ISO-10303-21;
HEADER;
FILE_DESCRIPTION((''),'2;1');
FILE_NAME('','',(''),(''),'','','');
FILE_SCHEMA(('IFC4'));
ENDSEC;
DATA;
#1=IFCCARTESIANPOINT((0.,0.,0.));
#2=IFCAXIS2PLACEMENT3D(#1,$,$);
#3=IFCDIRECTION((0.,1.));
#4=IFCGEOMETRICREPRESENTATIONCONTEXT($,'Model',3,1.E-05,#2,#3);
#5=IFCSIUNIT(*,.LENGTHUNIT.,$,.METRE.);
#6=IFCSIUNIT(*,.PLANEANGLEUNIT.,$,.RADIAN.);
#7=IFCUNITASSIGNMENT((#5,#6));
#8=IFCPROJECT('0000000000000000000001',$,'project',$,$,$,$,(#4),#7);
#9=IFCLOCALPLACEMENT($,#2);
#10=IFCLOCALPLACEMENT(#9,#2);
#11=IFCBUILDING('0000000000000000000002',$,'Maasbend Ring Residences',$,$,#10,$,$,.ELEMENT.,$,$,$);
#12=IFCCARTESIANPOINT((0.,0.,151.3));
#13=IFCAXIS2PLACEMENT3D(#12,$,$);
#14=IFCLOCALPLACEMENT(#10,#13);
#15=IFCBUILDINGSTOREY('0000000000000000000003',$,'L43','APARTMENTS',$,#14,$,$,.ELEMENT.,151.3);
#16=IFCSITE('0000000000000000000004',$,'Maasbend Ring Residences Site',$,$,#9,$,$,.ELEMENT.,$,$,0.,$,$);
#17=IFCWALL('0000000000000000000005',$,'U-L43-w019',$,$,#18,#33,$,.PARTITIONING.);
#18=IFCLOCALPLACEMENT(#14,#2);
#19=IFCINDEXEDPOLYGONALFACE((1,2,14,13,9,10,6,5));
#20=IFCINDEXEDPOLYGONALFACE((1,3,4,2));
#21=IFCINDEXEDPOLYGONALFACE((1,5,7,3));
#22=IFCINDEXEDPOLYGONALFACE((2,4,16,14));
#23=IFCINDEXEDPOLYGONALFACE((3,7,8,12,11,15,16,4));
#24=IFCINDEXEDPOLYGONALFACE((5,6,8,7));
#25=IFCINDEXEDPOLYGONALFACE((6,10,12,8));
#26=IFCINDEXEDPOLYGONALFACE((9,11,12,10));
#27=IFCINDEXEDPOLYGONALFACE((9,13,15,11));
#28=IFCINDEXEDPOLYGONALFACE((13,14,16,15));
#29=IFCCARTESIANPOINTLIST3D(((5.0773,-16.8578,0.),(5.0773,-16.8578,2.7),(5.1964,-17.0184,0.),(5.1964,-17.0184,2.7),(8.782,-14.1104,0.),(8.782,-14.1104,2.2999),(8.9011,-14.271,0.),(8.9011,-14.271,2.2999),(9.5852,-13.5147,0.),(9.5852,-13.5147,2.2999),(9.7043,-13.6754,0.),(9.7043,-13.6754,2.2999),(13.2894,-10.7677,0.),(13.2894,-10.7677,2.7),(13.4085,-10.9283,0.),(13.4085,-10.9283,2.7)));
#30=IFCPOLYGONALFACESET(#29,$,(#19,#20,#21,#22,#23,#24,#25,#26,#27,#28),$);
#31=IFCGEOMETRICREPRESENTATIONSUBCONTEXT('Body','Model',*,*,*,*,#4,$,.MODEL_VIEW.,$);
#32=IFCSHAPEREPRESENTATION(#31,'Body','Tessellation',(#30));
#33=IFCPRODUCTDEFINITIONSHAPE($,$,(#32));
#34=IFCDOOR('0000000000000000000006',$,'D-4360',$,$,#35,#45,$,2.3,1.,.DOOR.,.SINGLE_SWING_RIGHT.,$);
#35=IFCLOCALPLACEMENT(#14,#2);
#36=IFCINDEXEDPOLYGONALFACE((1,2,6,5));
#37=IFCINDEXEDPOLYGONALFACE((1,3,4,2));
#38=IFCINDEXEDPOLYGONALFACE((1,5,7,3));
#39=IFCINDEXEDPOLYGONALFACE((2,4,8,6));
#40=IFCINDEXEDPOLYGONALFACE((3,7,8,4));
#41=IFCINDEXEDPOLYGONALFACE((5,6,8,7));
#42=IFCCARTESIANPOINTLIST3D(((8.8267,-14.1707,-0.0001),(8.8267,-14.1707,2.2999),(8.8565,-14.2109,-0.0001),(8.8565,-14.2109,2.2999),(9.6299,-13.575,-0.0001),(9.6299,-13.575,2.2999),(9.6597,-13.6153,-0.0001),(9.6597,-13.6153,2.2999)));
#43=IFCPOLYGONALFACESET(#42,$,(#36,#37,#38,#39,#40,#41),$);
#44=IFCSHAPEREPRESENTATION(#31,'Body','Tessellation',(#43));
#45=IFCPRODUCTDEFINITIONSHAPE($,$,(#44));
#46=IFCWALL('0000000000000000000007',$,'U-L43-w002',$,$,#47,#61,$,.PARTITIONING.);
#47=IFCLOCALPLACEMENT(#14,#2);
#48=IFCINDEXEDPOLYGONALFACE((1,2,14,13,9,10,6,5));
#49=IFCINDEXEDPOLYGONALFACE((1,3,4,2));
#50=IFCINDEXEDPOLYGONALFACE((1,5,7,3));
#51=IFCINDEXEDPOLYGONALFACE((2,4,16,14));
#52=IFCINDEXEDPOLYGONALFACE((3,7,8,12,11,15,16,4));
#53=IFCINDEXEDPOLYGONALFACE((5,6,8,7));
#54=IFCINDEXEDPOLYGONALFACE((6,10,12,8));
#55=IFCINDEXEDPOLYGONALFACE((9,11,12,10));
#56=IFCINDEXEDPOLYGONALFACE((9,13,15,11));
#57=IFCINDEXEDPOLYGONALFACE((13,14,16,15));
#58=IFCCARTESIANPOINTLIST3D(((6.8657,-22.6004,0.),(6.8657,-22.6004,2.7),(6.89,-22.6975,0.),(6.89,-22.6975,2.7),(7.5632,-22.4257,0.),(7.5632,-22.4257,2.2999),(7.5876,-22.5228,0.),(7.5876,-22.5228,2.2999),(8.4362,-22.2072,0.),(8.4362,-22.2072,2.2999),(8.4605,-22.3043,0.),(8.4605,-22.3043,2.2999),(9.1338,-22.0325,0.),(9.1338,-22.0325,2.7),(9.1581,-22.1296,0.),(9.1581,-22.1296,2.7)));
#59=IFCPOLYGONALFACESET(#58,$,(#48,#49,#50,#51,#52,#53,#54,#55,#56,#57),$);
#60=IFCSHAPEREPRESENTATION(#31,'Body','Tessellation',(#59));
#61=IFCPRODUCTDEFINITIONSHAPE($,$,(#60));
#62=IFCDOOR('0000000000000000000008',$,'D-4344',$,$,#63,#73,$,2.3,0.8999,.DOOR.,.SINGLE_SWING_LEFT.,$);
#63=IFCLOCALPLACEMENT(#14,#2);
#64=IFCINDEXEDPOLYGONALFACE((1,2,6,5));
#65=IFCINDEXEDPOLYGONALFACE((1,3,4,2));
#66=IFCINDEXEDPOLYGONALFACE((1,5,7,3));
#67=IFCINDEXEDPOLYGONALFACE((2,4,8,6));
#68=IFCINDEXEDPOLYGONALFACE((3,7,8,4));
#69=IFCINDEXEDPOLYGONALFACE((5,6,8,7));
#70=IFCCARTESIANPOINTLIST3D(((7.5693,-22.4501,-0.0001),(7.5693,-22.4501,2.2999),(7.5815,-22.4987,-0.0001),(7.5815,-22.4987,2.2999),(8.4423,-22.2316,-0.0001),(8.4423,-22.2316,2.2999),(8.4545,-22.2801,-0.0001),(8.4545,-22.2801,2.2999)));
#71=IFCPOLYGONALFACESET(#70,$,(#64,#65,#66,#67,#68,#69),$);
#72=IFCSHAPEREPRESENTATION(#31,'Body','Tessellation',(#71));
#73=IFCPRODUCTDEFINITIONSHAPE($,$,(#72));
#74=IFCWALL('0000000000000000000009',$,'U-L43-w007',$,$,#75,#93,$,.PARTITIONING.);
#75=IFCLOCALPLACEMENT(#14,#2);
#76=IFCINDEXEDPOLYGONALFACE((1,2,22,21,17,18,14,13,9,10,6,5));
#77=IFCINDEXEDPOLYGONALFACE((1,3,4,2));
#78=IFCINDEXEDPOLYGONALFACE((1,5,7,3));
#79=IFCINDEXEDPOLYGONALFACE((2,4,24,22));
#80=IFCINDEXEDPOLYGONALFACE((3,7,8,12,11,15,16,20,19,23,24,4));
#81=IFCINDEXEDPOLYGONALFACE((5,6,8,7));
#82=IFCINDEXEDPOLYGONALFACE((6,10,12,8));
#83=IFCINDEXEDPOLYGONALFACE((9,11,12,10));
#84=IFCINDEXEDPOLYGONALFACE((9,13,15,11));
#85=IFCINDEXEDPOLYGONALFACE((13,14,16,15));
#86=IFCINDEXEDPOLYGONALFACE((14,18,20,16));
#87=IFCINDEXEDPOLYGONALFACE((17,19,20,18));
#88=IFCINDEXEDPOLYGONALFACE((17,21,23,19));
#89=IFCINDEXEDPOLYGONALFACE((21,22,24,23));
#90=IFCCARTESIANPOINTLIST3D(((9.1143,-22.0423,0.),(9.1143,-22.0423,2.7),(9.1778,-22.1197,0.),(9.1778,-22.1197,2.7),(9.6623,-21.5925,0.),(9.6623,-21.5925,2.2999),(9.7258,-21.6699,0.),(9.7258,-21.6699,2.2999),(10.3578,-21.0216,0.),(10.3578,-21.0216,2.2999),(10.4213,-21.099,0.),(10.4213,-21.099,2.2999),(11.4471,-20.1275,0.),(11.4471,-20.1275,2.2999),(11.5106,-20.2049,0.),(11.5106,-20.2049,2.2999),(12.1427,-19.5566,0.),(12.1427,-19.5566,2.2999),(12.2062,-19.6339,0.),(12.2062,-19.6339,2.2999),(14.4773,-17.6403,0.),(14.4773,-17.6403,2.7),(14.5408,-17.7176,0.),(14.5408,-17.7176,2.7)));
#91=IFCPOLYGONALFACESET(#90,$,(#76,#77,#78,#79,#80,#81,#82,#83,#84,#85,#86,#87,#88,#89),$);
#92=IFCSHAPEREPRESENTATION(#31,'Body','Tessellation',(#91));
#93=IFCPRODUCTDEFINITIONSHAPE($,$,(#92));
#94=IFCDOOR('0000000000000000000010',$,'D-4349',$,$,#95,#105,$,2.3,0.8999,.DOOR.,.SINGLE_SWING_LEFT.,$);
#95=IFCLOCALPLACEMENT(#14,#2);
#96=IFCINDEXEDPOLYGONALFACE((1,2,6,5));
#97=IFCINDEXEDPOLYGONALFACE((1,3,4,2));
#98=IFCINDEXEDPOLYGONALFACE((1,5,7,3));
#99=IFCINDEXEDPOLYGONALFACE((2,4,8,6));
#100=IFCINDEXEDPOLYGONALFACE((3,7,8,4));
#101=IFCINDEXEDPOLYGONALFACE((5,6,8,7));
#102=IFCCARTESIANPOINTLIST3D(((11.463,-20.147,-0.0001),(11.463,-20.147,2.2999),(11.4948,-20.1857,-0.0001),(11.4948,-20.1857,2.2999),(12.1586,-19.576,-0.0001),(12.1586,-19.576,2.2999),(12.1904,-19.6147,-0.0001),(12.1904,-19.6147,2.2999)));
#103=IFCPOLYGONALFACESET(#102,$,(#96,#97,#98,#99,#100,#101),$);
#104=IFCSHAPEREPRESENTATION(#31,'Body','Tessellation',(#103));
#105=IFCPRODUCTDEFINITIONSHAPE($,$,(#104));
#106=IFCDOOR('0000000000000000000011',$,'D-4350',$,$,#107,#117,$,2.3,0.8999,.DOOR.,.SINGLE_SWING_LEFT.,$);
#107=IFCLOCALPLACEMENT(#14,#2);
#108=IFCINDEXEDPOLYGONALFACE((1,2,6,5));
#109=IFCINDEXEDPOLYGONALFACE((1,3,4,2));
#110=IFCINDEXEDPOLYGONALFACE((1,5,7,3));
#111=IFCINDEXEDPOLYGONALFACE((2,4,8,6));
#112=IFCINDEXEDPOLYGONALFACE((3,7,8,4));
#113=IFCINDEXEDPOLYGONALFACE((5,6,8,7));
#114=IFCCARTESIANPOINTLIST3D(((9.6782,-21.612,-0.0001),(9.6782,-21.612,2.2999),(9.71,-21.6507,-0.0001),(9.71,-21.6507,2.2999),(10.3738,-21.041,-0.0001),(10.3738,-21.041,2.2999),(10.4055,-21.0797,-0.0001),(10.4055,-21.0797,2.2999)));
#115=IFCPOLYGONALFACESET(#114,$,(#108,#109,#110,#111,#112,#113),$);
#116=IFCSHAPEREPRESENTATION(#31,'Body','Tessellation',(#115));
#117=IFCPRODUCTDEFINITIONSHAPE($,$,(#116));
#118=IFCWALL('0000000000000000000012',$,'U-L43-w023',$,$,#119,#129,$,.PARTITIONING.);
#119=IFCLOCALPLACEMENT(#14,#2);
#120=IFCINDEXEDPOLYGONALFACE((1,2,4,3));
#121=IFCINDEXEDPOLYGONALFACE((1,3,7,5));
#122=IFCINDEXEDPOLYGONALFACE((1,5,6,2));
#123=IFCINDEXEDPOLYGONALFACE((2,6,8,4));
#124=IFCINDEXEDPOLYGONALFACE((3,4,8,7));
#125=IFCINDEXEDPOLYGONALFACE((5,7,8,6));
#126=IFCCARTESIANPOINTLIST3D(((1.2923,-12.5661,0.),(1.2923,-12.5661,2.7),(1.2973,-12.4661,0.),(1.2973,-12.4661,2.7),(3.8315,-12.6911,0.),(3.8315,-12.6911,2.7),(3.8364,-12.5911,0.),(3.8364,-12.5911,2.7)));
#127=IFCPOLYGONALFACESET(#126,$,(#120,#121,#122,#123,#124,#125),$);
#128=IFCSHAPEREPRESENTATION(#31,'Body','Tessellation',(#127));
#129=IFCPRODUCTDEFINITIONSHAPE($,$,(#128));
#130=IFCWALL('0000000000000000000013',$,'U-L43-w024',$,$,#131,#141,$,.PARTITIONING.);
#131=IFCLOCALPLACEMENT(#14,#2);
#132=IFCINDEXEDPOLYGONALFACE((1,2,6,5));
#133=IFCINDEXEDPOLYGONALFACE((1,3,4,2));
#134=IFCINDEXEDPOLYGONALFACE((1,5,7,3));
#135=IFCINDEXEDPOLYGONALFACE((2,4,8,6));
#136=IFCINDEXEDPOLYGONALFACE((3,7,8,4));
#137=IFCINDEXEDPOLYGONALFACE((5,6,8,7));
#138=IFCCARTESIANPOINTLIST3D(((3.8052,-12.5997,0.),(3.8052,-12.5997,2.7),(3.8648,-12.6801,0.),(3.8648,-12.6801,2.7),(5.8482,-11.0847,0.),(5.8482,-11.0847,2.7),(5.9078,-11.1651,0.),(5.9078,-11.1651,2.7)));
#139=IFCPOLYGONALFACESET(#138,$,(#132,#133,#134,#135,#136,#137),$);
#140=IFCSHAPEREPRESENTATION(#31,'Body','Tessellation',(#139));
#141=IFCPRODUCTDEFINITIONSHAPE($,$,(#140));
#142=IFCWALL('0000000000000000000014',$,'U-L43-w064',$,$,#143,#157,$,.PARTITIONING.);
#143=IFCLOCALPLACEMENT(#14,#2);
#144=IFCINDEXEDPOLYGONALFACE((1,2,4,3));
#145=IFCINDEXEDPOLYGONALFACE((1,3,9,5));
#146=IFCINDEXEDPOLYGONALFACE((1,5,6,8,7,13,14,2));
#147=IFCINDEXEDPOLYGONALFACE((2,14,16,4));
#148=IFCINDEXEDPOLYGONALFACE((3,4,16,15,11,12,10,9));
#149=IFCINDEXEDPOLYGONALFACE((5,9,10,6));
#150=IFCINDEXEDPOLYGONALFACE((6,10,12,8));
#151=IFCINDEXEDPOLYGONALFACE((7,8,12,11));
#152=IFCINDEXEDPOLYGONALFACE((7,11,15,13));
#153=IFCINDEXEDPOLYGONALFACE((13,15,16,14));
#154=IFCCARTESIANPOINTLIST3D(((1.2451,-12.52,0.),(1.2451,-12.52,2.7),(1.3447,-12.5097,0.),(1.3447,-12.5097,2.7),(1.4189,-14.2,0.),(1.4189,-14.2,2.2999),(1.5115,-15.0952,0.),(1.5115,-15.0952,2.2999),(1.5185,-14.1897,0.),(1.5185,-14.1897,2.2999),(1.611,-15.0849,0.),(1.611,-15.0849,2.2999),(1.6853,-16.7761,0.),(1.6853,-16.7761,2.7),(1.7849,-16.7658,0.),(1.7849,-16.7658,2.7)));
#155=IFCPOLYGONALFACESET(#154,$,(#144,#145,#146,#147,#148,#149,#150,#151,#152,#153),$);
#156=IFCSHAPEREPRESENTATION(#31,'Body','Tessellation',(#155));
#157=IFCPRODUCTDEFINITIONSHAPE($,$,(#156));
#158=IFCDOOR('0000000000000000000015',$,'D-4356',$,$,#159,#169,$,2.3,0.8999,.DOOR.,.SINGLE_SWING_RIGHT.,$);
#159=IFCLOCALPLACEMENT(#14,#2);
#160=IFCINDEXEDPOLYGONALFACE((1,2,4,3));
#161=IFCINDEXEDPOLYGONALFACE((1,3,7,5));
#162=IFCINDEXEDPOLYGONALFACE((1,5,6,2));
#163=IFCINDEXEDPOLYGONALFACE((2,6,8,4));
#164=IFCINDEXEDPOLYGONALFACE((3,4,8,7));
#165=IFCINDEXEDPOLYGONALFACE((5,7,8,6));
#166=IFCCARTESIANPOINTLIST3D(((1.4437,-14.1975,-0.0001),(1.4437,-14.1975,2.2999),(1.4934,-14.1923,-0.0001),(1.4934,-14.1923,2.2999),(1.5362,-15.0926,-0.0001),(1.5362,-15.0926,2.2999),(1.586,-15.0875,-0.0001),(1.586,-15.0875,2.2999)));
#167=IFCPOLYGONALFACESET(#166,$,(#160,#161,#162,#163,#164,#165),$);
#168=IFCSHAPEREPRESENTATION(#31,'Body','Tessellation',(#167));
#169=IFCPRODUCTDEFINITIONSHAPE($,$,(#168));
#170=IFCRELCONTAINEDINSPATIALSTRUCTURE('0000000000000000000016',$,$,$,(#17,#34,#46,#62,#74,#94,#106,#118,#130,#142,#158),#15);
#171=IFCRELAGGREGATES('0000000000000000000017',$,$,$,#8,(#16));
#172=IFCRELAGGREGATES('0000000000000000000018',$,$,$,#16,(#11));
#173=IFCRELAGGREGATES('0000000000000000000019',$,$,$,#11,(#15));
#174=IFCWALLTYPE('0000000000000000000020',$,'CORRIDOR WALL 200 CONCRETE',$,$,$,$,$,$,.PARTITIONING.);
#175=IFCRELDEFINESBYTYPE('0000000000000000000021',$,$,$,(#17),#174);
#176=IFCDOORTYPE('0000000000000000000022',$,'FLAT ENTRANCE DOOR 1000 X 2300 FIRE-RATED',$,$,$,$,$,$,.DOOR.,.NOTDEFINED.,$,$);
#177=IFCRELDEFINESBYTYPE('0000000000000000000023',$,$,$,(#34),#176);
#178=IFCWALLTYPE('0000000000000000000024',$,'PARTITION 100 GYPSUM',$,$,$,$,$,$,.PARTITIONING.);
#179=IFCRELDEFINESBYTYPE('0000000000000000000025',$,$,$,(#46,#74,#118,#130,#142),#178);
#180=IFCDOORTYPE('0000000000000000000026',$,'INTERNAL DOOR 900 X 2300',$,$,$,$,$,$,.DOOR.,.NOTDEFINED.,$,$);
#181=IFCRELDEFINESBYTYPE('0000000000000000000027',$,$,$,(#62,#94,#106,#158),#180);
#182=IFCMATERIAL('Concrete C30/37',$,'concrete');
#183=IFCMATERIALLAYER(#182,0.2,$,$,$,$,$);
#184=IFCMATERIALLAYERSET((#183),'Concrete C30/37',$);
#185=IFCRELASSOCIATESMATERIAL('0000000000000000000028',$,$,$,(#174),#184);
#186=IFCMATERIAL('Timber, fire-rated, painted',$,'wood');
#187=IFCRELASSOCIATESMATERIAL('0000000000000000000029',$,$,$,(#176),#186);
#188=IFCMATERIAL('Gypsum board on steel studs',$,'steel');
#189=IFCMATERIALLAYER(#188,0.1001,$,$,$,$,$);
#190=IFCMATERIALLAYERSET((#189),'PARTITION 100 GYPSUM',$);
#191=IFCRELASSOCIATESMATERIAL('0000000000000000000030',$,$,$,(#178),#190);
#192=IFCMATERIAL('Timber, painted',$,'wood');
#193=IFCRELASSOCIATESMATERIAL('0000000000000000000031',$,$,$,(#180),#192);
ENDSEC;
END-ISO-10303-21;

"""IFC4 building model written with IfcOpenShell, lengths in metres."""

from ifc_helpers import new_model, si_unit, direction, frame, frame_2d, origin, place, context, subcontext, project, spatial, rectangle, extrude, material, layer, layer_set, type_object, element, fill, save


model = new_model("IFC4")

# Units and contexts
model_context = context("Model", 3, precision=1e-05, world=origin(), true_north=direction((0.0, 1.0)))
body_context = subcontext(model_context, "Body", "Model", "MODEL_VIEW")
ifc_project = project(units=[si_unit("LENGTHUNIT", "METRE"), si_unit("PLANEANGLEUNIT", "RADIAN")], contexts=[model_context])

# Site, building, storey
site_placement = place(None, origin())
site = spatial("IfcSite", under=ifc_project, at=site_placement, Name="Maasbend Ring Residences Site", CompositionType="ELEMENT", RefElevation=0.0)
building_placement = place(site_placement, origin())
building = spatial("IfcBuilding", under=site, at=building_placement, Name="Maasbend Ring Residences", CompositionType="ELEMENT")
storey_placement = place(building_placement, frame((0.0, 0.0, 151.3)))
storey = spatial("IfcBuildingStorey", under=building, at=storey_placement, Name="L43", Description="APARTMENTS", CompositionType="ELEMENT", Elevation=151.3)

# Walls, openings, doors
ifc_material_1 = material(Name="Concrete C30/37", Category="concrete")
ifc_layer_1 = layer(ifc_material_1, 0.2)
ifc_layer_set_1 = layer_set([ifc_layer_1], Name="Concrete C30/37")
wall_type_1 = type_object("IfcWallType", Name="CORRIDOR WALL 200 CONCRETE", PredefinedType="PARTITIONING", material=ifc_layer_set_1)
ifc_material_2 = material(Name="Timber, fire-rated, painted", Category="wood")
door_type_1 = type_object("IfcDoorType", Name="FLAT ENTRANCE DOOR 1000 X 2300 FIRE-RATED", OperationType="NOTDEFINED", PredefinedType="DOOR", material=ifc_material_2)
wall_1_placement = place(storey_placement, frame((5.137, -16.938, 0.0), z_axis=(0.0, 0.0, 1.0), x_axis=(0.803229, 0.59567, 0.0)))
wall_1 = element("IfcWall", 1, at=wall_1_placement, inside=storey, type_object=wall_type_1, Name="U-L43-w019", PredefinedType="PARTITIONING", context=body_context, shape_type="SweptSolid", body=[
    extrude(rectangle(XDim=10.2239, YDim=0.2, at=frame_2d((5.1118, 0.0))), origin(), (0.0, 0.0, 1.0), 2.7),
])
opening_1_placement = place(wall_1_placement, frame((4.6121, 0.0, 0.0)))
opening_1 = element("IfcOpeningElement", 2, at=opening_1_placement, cuts=wall_1, PredefinedType="OPENING", context=body_context, shape_type="SweptSolid", body=[
    extrude(rectangle(XDim=1.0, YDim=2.3, at=frame_2d((0.5, 1.1499))), frame((0.0, 0.1099, 0.0), z_axis=(0.0, -1.0, 0.0), x_axis=(1.0, 0.0, 0.0)), (0.0, 0.0, 1.0), 0.22),
])
door_1_placement = place(opening_1_placement, origin())
door_1 = element("IfcDoor", 3, at=door_1_placement, inside=storey, type_object=door_type_1, Name="D-4360", OperationType="SINGLE_SWING_RIGHT", OverallHeight=2.3, OverallWidth=1.0, PredefinedType="DOOR", context=body_context, shape_type="SweptSolid", body=[
    extrude(rectangle(XDim=1.0, YDim=2.3, at=frame_2d((0.5, 1.1499))), frame((0.0, 0.0249, 0.0), z_axis=(0.0, -1.0, 0.0), x_axis=(1.0, 0.0, 0.0)), (0.0, 0.0, 1.0), 0.05),
])
fill(opening_1, door_1)
ifc_material_3 = material(Name="Gypsum board on steel studs", Category="steel")
ifc_layer_2 = layer(ifc_material_3, 0.1001)
ifc_layer_set_2 = layer_set([ifc_layer_2], Name="PARTITION 100 GYPSUM")
wall_type_2 = type_object("IfcWallType", Name="PARTITION 100 GYPSUM", PredefinedType="PARTITIONING", material=ifc_layer_set_2)
wall_2_placement = place(storey_placement, frame((6.8779, -22.6489, 0.0), z_axis=(0.0, 0.0, 1.0), x_axis=(0.970056, 0.24288, 0.0)))
wall_2 = element("IfcWall", 4, at=wall_2_placement, inside=storey, type_object=wall_type_2, Name="U-L43-w002", PredefinedType="PARTITIONING", context=body_context, shape_type="SweptSolid", body=[
    extrude(rectangle(XDim=2.3381, YDim=0.1001, at=frame_2d((1.1689, 0.0))), origin(), (0.0, 0.0, 1.0), 2.7),
])
opening_2_placement = place(wall_2_placement, frame((0.719, 0.0, 0.0)))
opening_2 = element("IfcOpeningElement", 5, at=opening_2_placement, cuts=wall_2, PredefinedType="OPENING", context=body_context, shape_type="SweptSolid", body=[
    extrude(rectangle(XDim=0.8999, YDim=2.3, at=frame_2d((0.45, 1.1499))), frame((0.0, 0.0601, 0.0), z_axis=(0.0, -1.0, 0.0), x_axis=(1.0, 0.0, 0.0)), (0.0, 0.0, 1.0), 0.1201),
])
ifc_material_4 = material(Name="Timber, painted", Category="wood")
door_type_2 = type_object("IfcDoorType", Name="INTERNAL DOOR 900 X 2300", OperationType="NOTDEFINED", PredefinedType="DOOR", material=ifc_material_4)
door_2_placement = place(opening_2_placement, origin())
door_2 = element("IfcDoor", 6, at=door_2_placement, inside=storey, type_object=door_type_2, Name="D-4344", OperationType="SINGLE_SWING_LEFT", OverallHeight=2.3, OverallWidth=0.8999, PredefinedType="DOOR", context=body_context, shape_type="SweptSolid", body=[
    extrude(rectangle(XDim=0.8999, YDim=2.3, at=frame_2d((0.45, 1.1499))), frame((0.0, 0.0249, 0.0), z_axis=(0.0, -1.0, 0.0), x_axis=(1.0, 0.0, 0.0)), (0.0, 0.0, 1.0), 0.05),
])
fill(opening_2, door_2)

# Wall, openings, doors
wall_3_placement = place(storey_placement, frame((9.146, -22.0811, 0.0), z_axis=(0.0, 0.0, 1.0), x_axis=(0.772956, 0.634459, 0.0)))
wall_3 = element("IfcWall", 7, at=wall_3_placement, inside=storey, type_object=wall_type_2, Name="U-L43-w007", PredefinedType="PARTITIONING", context=body_context, shape_type="SweptSolid", body=[
    extrude(rectangle(XDim=6.9382, YDim=0.1001, at=frame_2d((3.4692, 0.0))), origin(), (0.0, 0.0, 1.0), 2.7),
])
opening_3_placement = place(wall_3_placement, frame((3.0181, 0.0, 0.0)))
opening_3 = element("IfcOpeningElement", 8, at=opening_3_placement, cuts=wall_3, PredefinedType="OPENING", context=body_context, shape_type="SweptSolid", body=[
    extrude(rectangle(XDim=0.8999, YDim=2.3, at=frame_2d((0.45, 1.1499))), frame((0.0, 0.0601, 0.0), z_axis=(0.0, -1.0, 0.0), x_axis=(1.0, 0.0, 0.0)), (0.0, 0.0, 1.0), 0.1201),
])
opening_4_placement = place(wall_3_placement, frame((0.709, 0.0, 0.0)))
opening_4 = element("IfcOpeningElement", 9, at=opening_4_placement, cuts=wall_3, PredefinedType="OPENING", context=body_context, shape_type="SweptSolid", body=[
    extrude(rectangle(XDim=0.8999, YDim=2.3, at=frame_2d((0.45, 1.1499))), frame((0.0, 0.0601, 0.0), z_axis=(0.0, -1.0, 0.0), x_axis=(1.0, 0.0, 0.0)), (0.0, 0.0, 1.0), 0.1201),
])
door_3_placement = place(opening_3_placement, origin())
door_3 = element("IfcDoor", 10, at=door_3_placement, inside=storey, type_object=door_type_2, Name="D-4349", OperationType="SINGLE_SWING_LEFT", OverallHeight=2.3, OverallWidth=0.8999, PredefinedType="DOOR", context=body_context, shape_type="SweptSolid", body=[
    extrude(rectangle(XDim=0.8999, YDim=2.3, at=frame_2d((0.45, 1.1499))), frame((0.0, 0.0249, 0.0), z_axis=(0.0, -1.0, 0.0), x_axis=(1.0, 0.0, 0.0)), (0.0, 0.0, 1.0), 0.05),
])
fill(opening_3, door_3)
door_4_placement = place(opening_4_placement, origin())
door_4 = element("IfcDoor", 11, at=door_4_placement, inside=storey, type_object=door_type_2, Name="D-4350", OperationType="SINGLE_SWING_LEFT", OverallHeight=2.3, OverallWidth=0.8999, PredefinedType="DOOR", context=body_context, shape_type="SweptSolid", body=[
    extrude(rectangle(XDim=0.8999, YDim=2.3, at=frame_2d((0.45, 1.1499))), frame((0.0, 0.0249, 0.0), z_axis=(0.0, -1.0, 0.0), x_axis=(1.0, 0.0, 0.0)), (0.0, 0.0, 1.0), 0.05),
])
fill(opening_4, door_4)

# Walls
wall_4_placement = place(storey_placement, frame((1.2949, -12.5161, 0.0), z_axis=(0.0, 0.0, 1.0), x_axis=(0.99879, -0.049171, 0.0)))
element("IfcWall", 12, at=wall_4_placement, inside=storey, type_object=wall_type_2, Name="U-L43-w023", PredefinedType="PARTITIONING", context=body_context, shape_type="SweptSolid", body=[
    extrude(rectangle(XDim=2.5422, YDim=0.1001, at=frame_2d((1.271, 0.0))), origin(), (0.0, 0.0, 1.0), 2.7),
])
wall_5_placement = place(storey_placement, frame((3.835, -12.6399, 0.0), z_axis=(0.0, 0.0, 1.0), x_axis=(0.80326, 0.595629, 0.0)))
element("IfcWall", 13, at=wall_5_placement, inside=storey, type_object=wall_type_2, Name="U-L43-w024", PredefinedType="PARTITIONING", context=body_context, shape_type="SweptSolid", body=[
    extrude(rectangle(XDim=2.5435, YDim=0.1001, at=frame_2d((1.2717, 0.0))), origin(), (0.0, 0.0, 1.0), 2.7),
])

# Wall, opening, door
wall_6_placement = place(storey_placement, frame((1.2949, -12.5149, 0.0), z_axis=(0.0, 0.0, 1.0), x_axis=(0.102876, -0.994694, 0.0)))
wall_6 = element("IfcWall", 14, at=wall_6_placement, inside=storey, type_object=wall_type_2, Name="U-L43-w064", PredefinedType="PARTITIONING", context=body_context, shape_type="SweptSolid", body=[
    extrude(rectangle(XDim=4.2788, YDim=0.1001, at=frame_2d((2.1394, 0.0))), origin(), (0.0, 0.0, 1.0), 2.7),
])
opening_5_placement = place(wall_6_placement, frame((1.689, 0.0, 0.0)))
opening_5 = element("IfcOpeningElement", 15, at=opening_5_placement, cuts=wall_6, PredefinedType="OPENING", context=body_context, shape_type="SweptSolid", body=[
    extrude(rectangle(XDim=0.8999, YDim=2.3, at=frame_2d((0.45, 1.1499))), frame((0.0, 0.0601, 0.0), z_axis=(0.0, -1.0, 0.0), x_axis=(1.0, 0.0, 0.0)), (0.0, 0.0, 1.0), 0.1201),
])
door_5_placement = place(opening_5_placement, origin())
door_5 = element("IfcDoor", 16, at=door_5_placement, inside=storey, type_object=door_type_2, Name="D-4356", OperationType="SINGLE_SWING_RIGHT", OverallHeight=2.3, OverallWidth=0.8999, PredefinedType="DOOR", context=body_context, shape_type="SweptSolid", body=[
    extrude(rectangle(XDim=0.8999, YDim=2.3, at=frame_2d((0.45, 1.1499))), frame((0.0, 0.0249, 0.0), z_axis=(0.0, -1.0, 0.0), x_axis=(1.0, 0.0, 0.0)), (0.0, 0.0, 1.0), 0.05),
])
fill(opening_5, door_5)

save(model, "model.ifc")
